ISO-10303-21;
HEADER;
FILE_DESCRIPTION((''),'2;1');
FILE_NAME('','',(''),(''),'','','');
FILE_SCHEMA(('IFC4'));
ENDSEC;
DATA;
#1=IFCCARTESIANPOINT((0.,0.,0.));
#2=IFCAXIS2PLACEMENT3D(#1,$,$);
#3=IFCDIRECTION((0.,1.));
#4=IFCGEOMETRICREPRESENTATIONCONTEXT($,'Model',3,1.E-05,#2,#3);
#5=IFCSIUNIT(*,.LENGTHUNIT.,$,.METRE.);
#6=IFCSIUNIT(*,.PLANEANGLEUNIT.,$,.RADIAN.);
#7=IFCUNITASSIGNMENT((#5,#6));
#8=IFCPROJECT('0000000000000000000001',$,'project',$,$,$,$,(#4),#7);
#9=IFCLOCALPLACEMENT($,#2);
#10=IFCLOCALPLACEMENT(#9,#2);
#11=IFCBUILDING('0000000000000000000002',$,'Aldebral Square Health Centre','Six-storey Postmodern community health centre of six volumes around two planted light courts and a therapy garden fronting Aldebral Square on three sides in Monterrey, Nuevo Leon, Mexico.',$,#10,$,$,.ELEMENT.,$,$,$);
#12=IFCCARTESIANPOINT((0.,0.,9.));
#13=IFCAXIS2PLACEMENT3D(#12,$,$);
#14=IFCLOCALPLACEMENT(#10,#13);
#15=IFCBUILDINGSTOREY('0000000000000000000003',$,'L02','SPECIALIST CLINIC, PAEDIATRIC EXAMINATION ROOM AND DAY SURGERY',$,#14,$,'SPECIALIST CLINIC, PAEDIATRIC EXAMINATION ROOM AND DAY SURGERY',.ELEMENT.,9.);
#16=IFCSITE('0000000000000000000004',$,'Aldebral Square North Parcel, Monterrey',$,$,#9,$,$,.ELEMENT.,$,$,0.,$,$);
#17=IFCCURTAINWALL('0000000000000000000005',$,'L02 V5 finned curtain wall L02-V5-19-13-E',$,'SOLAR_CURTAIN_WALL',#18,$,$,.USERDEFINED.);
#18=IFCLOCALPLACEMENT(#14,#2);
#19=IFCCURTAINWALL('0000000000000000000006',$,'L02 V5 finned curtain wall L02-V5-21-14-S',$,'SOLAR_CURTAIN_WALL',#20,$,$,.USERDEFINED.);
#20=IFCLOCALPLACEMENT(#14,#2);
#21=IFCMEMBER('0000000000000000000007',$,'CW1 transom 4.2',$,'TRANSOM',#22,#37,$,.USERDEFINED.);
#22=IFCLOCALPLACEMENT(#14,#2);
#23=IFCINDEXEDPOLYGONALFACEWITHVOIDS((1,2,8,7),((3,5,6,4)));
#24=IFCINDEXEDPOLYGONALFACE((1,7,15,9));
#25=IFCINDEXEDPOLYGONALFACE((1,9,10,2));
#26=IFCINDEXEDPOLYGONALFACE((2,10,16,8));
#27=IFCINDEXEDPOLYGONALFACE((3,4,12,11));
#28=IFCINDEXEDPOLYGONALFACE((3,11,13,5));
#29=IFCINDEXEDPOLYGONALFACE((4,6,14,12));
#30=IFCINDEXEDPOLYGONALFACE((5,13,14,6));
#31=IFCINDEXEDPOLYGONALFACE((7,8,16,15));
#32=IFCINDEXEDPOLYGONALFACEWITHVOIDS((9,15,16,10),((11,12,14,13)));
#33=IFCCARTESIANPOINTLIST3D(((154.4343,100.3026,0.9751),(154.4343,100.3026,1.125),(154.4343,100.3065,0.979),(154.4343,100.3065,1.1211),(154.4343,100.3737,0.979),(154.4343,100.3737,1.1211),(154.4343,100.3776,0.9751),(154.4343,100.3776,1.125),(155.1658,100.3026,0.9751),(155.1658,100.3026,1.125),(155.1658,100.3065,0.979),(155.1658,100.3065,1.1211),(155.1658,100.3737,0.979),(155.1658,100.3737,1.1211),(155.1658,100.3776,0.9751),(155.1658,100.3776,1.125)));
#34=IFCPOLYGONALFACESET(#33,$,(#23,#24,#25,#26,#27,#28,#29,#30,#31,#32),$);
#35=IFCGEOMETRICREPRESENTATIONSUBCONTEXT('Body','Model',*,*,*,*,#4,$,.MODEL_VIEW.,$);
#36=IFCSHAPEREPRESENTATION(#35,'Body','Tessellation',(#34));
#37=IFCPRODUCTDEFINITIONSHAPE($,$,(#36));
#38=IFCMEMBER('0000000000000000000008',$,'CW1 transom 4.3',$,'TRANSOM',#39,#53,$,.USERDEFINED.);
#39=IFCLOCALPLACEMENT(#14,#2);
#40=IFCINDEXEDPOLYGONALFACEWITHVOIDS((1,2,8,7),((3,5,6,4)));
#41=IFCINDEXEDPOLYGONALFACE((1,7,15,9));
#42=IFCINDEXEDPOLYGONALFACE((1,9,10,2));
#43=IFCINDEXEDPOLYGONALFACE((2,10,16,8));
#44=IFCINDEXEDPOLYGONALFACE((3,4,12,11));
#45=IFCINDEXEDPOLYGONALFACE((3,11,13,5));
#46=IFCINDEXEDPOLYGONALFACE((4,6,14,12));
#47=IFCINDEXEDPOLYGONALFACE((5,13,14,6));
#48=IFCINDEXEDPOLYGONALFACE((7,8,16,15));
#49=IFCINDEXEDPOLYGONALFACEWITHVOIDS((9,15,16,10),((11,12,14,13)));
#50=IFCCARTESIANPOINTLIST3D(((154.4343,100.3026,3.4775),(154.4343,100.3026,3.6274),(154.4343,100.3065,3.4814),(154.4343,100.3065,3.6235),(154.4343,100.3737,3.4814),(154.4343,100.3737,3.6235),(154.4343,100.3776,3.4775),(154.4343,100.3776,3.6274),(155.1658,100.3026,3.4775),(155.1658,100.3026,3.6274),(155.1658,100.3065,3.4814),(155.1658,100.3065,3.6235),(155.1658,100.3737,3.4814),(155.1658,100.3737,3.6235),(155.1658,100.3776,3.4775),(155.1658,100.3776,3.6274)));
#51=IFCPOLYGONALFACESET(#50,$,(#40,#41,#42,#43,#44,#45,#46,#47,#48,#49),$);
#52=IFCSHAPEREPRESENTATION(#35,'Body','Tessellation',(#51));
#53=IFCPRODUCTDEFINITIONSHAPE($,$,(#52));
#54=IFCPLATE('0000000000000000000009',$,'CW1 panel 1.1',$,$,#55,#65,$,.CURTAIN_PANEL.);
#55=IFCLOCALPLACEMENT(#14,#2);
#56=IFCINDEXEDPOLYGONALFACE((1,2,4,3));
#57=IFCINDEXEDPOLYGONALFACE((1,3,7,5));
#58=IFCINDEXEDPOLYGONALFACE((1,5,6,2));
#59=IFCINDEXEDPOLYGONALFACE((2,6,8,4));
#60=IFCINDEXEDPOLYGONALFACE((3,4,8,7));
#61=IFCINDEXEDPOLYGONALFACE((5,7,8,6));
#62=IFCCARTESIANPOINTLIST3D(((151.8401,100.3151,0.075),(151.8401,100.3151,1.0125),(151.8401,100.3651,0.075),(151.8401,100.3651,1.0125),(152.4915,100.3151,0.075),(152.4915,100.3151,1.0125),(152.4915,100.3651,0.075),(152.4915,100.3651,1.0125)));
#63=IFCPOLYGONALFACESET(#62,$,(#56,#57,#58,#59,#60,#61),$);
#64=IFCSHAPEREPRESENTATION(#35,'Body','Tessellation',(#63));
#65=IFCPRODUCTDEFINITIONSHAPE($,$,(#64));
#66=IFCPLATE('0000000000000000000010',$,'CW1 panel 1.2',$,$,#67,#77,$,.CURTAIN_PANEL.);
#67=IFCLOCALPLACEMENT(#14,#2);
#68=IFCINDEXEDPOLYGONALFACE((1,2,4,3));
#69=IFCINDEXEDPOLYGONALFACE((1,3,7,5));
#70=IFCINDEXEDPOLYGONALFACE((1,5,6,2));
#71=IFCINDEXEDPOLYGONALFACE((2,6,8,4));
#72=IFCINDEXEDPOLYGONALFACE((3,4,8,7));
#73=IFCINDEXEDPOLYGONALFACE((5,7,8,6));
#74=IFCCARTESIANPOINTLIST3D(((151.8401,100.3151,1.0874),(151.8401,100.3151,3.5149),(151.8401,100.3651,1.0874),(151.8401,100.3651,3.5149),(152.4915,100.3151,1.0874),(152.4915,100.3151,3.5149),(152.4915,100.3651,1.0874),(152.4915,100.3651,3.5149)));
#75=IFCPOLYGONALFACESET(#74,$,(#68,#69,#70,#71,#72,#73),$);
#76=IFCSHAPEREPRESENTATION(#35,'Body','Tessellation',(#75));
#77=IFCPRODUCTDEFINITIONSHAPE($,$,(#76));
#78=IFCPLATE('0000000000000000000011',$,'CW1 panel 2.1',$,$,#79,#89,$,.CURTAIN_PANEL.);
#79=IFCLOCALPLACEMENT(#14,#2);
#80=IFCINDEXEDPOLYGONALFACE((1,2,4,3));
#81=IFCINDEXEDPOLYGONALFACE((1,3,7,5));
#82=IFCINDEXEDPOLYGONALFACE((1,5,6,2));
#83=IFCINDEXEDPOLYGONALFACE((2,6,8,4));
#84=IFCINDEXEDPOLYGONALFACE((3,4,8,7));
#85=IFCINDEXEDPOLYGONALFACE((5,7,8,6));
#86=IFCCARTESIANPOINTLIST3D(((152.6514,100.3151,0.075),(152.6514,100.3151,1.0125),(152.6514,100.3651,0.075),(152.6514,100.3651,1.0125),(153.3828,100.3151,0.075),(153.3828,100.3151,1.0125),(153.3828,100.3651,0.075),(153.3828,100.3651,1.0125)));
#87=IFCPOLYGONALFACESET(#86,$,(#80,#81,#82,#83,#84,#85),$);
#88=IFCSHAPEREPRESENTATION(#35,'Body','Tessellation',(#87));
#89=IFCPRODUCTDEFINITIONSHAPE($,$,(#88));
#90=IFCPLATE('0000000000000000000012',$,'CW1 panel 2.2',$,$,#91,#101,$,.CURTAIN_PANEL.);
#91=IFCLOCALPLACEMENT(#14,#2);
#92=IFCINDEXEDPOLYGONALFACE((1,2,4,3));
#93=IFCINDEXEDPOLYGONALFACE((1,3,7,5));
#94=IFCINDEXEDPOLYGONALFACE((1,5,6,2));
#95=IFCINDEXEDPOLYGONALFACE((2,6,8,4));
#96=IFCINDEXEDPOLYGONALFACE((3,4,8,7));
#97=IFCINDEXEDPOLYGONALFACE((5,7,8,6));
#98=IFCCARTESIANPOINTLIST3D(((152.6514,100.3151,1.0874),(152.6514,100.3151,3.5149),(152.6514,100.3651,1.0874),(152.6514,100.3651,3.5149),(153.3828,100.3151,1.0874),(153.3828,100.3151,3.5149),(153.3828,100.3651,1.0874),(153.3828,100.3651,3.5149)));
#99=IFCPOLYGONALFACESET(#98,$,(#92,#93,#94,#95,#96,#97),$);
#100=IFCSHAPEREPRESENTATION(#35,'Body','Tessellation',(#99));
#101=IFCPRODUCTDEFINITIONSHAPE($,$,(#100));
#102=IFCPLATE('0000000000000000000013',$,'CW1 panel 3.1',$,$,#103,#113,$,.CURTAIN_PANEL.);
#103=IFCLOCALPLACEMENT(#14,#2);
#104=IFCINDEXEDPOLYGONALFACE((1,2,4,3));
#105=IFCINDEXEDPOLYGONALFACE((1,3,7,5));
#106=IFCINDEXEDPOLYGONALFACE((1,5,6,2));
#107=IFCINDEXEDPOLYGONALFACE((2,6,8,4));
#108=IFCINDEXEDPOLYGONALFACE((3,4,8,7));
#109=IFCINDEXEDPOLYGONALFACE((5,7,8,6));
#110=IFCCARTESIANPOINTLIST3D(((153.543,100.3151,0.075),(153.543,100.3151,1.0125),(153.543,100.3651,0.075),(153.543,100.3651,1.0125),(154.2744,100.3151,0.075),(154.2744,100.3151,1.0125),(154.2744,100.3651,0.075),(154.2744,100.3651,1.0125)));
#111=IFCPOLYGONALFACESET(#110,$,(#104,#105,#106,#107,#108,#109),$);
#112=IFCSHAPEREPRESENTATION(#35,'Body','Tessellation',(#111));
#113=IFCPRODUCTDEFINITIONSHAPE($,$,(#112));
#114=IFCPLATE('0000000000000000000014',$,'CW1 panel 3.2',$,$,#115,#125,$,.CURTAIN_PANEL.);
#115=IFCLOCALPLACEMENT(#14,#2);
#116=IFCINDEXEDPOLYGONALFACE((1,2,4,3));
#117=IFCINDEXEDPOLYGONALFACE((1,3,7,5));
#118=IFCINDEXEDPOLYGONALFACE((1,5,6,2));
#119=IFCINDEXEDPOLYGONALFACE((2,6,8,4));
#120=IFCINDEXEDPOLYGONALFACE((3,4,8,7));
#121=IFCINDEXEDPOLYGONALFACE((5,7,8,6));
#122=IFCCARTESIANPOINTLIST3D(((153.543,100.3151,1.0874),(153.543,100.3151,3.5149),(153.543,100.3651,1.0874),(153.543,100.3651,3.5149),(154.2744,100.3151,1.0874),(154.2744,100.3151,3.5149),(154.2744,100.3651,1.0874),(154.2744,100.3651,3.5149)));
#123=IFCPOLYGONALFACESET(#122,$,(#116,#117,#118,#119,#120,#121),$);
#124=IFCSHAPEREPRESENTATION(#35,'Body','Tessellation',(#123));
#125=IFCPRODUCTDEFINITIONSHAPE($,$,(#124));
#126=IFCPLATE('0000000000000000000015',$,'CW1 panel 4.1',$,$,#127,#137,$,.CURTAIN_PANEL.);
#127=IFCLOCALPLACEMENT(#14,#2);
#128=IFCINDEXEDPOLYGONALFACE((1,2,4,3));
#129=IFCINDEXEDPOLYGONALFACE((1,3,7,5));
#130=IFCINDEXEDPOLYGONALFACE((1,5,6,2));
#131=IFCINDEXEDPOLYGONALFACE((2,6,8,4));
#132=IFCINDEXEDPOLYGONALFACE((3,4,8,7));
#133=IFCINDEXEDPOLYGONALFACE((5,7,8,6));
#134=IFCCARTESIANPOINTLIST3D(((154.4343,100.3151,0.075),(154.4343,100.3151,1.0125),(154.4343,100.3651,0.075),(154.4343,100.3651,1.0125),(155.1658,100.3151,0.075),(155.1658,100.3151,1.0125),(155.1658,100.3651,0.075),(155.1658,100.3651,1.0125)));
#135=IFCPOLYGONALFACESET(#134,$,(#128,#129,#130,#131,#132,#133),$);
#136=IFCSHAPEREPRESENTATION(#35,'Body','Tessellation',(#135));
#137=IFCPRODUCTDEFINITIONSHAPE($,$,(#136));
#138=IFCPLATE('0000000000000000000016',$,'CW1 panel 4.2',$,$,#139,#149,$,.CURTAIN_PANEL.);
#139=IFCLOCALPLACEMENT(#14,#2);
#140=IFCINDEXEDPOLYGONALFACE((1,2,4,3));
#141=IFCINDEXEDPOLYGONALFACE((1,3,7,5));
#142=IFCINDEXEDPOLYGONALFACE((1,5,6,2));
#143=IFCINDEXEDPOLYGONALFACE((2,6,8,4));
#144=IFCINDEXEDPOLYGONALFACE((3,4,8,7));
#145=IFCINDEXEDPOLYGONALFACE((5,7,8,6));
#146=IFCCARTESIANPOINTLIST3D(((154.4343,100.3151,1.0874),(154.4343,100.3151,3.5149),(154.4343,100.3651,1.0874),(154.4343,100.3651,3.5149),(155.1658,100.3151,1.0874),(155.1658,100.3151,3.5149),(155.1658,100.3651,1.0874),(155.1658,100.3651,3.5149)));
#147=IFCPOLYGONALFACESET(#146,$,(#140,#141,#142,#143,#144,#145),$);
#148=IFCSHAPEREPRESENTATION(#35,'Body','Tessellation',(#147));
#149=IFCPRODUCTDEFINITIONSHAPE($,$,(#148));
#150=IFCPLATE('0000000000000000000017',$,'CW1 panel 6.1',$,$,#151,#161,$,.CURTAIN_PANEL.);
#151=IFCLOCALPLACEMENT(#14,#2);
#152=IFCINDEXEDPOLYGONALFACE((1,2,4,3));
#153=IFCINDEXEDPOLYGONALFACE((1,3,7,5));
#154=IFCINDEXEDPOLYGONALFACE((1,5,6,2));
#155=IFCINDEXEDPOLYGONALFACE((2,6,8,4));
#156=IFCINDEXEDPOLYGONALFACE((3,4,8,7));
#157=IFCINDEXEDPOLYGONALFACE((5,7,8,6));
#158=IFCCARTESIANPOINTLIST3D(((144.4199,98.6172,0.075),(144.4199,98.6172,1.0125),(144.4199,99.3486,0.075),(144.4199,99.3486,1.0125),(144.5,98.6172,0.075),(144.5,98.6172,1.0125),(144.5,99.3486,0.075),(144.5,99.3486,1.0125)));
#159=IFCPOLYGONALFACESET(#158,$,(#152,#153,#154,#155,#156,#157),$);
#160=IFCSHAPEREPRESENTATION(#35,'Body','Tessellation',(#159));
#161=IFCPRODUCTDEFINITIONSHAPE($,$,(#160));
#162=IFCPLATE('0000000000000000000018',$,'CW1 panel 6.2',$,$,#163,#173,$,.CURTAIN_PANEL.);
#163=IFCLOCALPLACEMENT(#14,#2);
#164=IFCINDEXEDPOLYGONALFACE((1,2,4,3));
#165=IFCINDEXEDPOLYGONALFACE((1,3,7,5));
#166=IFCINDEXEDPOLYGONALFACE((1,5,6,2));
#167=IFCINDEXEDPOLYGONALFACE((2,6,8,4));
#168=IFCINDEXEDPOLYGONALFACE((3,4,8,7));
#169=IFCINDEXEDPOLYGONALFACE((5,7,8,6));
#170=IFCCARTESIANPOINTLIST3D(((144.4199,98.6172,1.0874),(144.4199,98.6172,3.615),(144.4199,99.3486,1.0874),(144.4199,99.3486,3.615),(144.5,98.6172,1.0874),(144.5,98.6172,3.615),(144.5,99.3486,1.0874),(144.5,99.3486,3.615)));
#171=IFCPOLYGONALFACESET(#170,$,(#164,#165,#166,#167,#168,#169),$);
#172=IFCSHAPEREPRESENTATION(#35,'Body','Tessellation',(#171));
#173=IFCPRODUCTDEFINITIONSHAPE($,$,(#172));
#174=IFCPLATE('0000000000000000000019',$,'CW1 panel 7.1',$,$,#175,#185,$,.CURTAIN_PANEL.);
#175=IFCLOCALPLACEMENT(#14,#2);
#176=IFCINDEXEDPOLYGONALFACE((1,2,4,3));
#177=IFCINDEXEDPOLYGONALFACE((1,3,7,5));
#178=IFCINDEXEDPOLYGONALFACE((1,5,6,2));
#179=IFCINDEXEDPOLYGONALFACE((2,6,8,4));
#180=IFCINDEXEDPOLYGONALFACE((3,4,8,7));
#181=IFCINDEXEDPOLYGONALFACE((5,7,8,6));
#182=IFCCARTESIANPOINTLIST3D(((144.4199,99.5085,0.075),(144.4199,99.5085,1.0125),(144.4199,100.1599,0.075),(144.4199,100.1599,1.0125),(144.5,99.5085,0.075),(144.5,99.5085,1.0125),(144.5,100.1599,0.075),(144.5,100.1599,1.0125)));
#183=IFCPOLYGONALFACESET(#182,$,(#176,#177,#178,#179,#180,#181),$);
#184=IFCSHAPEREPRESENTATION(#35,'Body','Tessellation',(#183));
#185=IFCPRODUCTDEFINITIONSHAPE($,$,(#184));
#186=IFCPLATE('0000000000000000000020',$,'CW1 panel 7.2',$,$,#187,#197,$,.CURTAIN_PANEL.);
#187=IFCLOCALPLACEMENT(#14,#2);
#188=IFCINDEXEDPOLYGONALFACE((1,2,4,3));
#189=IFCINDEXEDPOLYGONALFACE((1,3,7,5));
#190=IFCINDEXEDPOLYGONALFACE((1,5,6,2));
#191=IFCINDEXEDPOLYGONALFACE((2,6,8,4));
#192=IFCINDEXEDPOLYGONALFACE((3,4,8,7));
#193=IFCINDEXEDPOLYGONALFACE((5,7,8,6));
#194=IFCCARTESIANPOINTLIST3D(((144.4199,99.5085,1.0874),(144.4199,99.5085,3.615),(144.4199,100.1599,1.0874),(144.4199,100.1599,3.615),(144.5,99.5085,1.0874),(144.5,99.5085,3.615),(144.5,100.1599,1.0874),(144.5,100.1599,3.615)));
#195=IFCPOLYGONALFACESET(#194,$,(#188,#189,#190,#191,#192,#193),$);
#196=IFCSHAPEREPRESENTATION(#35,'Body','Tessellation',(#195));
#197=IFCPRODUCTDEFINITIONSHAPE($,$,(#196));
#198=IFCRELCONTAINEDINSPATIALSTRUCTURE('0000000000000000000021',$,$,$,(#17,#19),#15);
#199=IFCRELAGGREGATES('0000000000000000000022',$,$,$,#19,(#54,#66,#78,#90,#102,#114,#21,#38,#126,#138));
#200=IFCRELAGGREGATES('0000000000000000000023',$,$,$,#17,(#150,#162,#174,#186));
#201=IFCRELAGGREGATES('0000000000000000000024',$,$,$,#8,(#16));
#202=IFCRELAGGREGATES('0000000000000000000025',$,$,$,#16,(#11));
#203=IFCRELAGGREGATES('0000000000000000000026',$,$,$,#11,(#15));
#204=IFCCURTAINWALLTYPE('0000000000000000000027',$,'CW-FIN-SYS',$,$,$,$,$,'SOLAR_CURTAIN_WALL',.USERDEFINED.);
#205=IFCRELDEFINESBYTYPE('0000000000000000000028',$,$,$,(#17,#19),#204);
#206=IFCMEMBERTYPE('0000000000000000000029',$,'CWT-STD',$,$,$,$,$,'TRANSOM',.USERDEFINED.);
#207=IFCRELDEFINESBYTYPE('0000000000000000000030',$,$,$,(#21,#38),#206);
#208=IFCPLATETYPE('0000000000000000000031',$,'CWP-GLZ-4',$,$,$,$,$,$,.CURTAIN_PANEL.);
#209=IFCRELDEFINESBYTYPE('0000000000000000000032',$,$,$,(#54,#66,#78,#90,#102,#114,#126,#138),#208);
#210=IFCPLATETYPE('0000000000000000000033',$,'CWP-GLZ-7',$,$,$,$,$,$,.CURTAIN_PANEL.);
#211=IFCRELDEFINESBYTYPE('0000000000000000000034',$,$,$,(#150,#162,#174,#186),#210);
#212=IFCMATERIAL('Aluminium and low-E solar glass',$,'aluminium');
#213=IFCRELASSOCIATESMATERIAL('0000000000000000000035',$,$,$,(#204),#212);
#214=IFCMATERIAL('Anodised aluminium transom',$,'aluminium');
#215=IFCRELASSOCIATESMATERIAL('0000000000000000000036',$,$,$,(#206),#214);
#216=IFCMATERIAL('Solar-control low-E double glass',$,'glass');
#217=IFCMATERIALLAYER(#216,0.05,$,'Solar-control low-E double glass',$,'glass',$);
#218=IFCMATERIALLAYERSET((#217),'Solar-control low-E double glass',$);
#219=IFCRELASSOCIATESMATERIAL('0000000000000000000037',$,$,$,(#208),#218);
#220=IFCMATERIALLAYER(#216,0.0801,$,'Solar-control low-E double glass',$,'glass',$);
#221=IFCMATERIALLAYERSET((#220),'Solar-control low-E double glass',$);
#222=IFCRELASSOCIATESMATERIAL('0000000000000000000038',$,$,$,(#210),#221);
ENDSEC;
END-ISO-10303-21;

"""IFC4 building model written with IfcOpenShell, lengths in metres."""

from ifc_helpers import new_model, si_unit, direction, frame, origin, origin_2d, place, context, subcontext, project, spatial, rectangle, hollow_rectangle, extrude, material, layer, layer_set, material_profile, profile_set, type_object, element, aggregate, save


model = new_model("IFC4")

# Units and contexts
model_context = context("Model", 3, precision=1e-05, world=origin(), true_north=direction((0.0, 1.0)))
body_context = subcontext(model_context, "Body", "Model", "MODEL_VIEW")
ifc_project = project(units=[si_unit("LENGTHUNIT", "METRE"), si_unit("PLANEANGLEUNIT", "RADIAN")], contexts=[model_context])

# Site, building, storey
site_placement = place(None, origin())
site = spatial("IfcSite", under=ifc_project, at=site_placement, Name="Aldebral Square North Parcel, Monterrey", CompositionType="ELEMENT", RefElevation=0.0)
building_placement = place(site_placement, origin())
building = spatial("IfcBuilding", under=site, at=building_placement, Name="Aldebral Square Health Centre", Description="Six-storey Postmodern community health centre of six volumes around two planted light courts and a therapy garden fronting Aldebral Square on three sides in Monterrey, Nuevo Leon, Mexico.", CompositionType="ELEMENT")
storey_placement = place(building_placement, frame((0.0, 0.0, 9.0)))
storey = spatial("IfcBuildingStorey", under=building, at=storey_placement, Name="L02", Description="SPECIALIST CLINIC, PAEDIATRIC EXAMINATION ROOM AND DAY SURGERY", LongName="SPECIALIST CLINIC, PAEDIATRIC EXAMINATION ROOM AND DAY SURGERY", CompositionType="ELEMENT", Elevation=9.0)

# Curtain walls
ifc_material_1 = material(Name="Aluminium and low-E solar glass", Category="aluminium")
curtain_wall_type = type_object("IfcCurtainWallType", Name="CW-FIN-SYS", ElementType="SOLAR_CURTAIN_WALL", PredefinedType="USERDEFINED", material=ifc_material_1)
curtain_wall_1_placement = place(storey_placement, origin())
curtain_wall_1 = element("IfcCurtainWall", 1, at=curtain_wall_1_placement, inside=storey, type_object=curtain_wall_type, Name="L02 V5 finned curtain wall L02-V5-19-13-E", ObjectType="SOLAR_CURTAIN_WALL", PredefinedType="USERDEFINED")
curtain_wall_2_placement = place(storey_placement, origin())
curtain_wall_2 = element("IfcCurtainWall", 2, at=curtain_wall_2_placement, inside=storey, type_object=curtain_wall_type, Name="L02 V5 finned curtain wall L02-V5-21-14-S", ObjectType="SOLAR_CURTAIN_WALL", PredefinedType="USERDEFINED")

# Members
ifc_material_2 = material(Name="Anodised aluminium transom", Category="aluminium")
ifc_material_profile_1 = material_profile(ifc_material_2, hollow_rectangle(XDim=0.075, YDim=0.1499, WallThickness=0.0039, at=origin_2d()), Name="CWT 75x150x4")
ifc_profile_set_1 = profile_set([ifc_material_profile_1], Name="Anodised aluminium transom")
member_type_1 = type_object("IfcMemberType", Name="CWT-STD", ElementType="TRANSOM", PredefinedType="USERDEFINED", material=ifc_profile_set_1)
member_1_placement = place(storey_placement, frame((154.4343, 100.3401, 1.05), z_axis=(1.0, 0.0, 0.0), x_axis=(0.0, 1.0, 0.0)))
member_1 = element("IfcMember", 3, at=member_1_placement, type_object=member_type_1, Name="CW1 transom 4.2", ObjectType="TRANSOM", PredefinedType="USERDEFINED", context=body_context, shape_type="SweptSolid", body=[
    extrude(hollow_rectangle(XDim=0.075, YDim=0.1499, WallThickness=0.0039, at=origin_2d()), origin(), (0.0, 0.0, 1.0), 0.7314),
])
member_2_placement = place(storey_placement, frame((154.4343, 100.3401, 3.5525), z_axis=(1.0, 0.0, 0.0), x_axis=(0.0, 1.0, 0.0)))
member_2 = element("IfcMember", 4, at=member_2_placement, type_object=member_type_1, Name="CW1 transom 4.3", ObjectType="TRANSOM", PredefinedType="USERDEFINED", context=body_context, shape_type="SweptSolid", body=[
    extrude(hollow_rectangle(XDim=0.075, YDim=0.1499, WallThickness=0.0039, at=origin_2d()), origin(), (0.0, 0.0, 1.0), 0.7314),
])

# Plates
ifc_material_3 = material(Name="Solar-control low-E double glass", Category="glass")
ifc_layer_1 = layer(ifc_material_3, 0.05, Name="Solar-control low-E double glass", Category="glass")
ifc_layer_set_1 = layer_set([ifc_layer_1], Name="Solar-control low-E double glass")
plate_type_1 = type_object("IfcPlateType", Name="CWP-GLZ-4", PredefinedType="CURTAIN_PANEL", material=ifc_layer_set_1)
plate_1_placement = place(storey_placement, frame((152.1658, 100.3401, 0.075), z_axis=(0.0, 0.0, 1.0), x_axis=(1.0, 0.0, 0.0)))
plate_1 = element("IfcPlate", 5, at=plate_1_placement, type_object=plate_type_1, Name="CW1 panel 1.1", PredefinedType="CURTAIN_PANEL", context=body_context, shape_type="SweptSolid", body=[
    extrude(rectangle(XDim=0.6514, YDim=0.05, at=origin_2d()), origin(), (0.0, 0.0, 1.0), 0.9375),
])
plate_2_placement = place(storey_placement, frame((152.1658, 100.3401, 1.0874), z_axis=(0.0, 0.0, 1.0), x_axis=(1.0, 0.0, 0.0)))
plate_2 = element("IfcPlate", 6, at=plate_2_placement, type_object=plate_type_1, Name="CW1 panel 1.2", PredefinedType="CURTAIN_PANEL", context=body_context, shape_type="SweptSolid", body=[
    extrude(rectangle(XDim=0.6514, YDim=0.05, at=origin_2d()), origin(), (0.0, 0.0, 1.0), 2.4275),
])
plate_3_placement = place(storey_placement, frame((153.0171, 100.3401, 0.075), z_axis=(0.0, 0.0, 1.0), x_axis=(1.0, 0.0, 0.0)))
plate_3 = element("IfcPlate", 7, at=plate_3_placement, type_object=plate_type_1, Name="CW1 panel 2.1", PredefinedType="CURTAIN_PANEL", context=body_context, shape_type="SweptSolid", body=[
    extrude(rectangle(XDim=0.7314, YDim=0.05, at=origin_2d()), origin(), (0.0, 0.0, 1.0), 0.9375),
])
plate_4_placement = place(storey_placement, frame((153.0171, 100.3401, 1.0874), z_axis=(0.0, 0.0, 1.0), x_axis=(1.0, 0.0, 0.0)))
plate_4 = element("IfcPlate", 8, at=plate_4_placement, type_object=plate_type_1, Name="CW1 panel 2.2", PredefinedType="CURTAIN_PANEL", context=body_context, shape_type="SweptSolid", body=[
    extrude(rectangle(XDim=0.7314, YDim=0.05, at=origin_2d()), origin(), (0.0, 0.0, 1.0), 2.4275),
])
plate_5_placement = place(storey_placement, frame((153.9087, 100.3401, 0.075), z_axis=(0.0, 0.0, 1.0), x_axis=(1.0, 0.0, 0.0)))
plate_5 = element("IfcPlate", 9, at=plate_5_placement, type_object=plate_type_1, Name="CW1 panel 3.1", PredefinedType="CURTAIN_PANEL", context=body_context, shape_type="SweptSolid", body=[
    extrude(rectangle(XDim=0.7314, YDim=0.05, at=origin_2d()), origin(), (0.0, 0.0, 1.0), 0.9375),
])
plate_6_placement = place(storey_placement, frame((153.9087, 100.3401, 1.0874), z_axis=(0.0, 0.0, 1.0), x_axis=(1.0, 0.0, 0.0)))
plate_6 = element("IfcPlate", 10, at=plate_6_placement, type_object=plate_type_1, Name="CW1 panel 3.2", PredefinedType="CURTAIN_PANEL", context=body_context, shape_type="SweptSolid", body=[
    extrude(rectangle(XDim=0.7314, YDim=0.05, at=origin_2d()), origin(), (0.0, 0.0, 1.0), 2.4275),
])
plate_7_placement = place(storey_placement, frame((154.8, 100.3401, 0.075), z_axis=(0.0, 0.0, 1.0), x_axis=(1.0, 0.0, 0.0)))
plate_7 = element("IfcPlate", 11, at=plate_7_placement, type_object=plate_type_1, Name="CW1 panel 4.1", PredefinedType="CURTAIN_PANEL", context=body_context, shape_type="SweptSolid", body=[
    extrude(rectangle(XDim=0.7314, YDim=0.05, at=origin_2d()), origin(), (0.0, 0.0, 1.0), 0.9375),
])
plate_8_placement = place(storey_placement, frame((154.8, 100.3401, 1.0874), z_axis=(0.0, 0.0, 1.0), x_axis=(1.0, 0.0, 0.0)))
plate_8 = element("IfcPlate", 12, at=plate_8_placement, type_object=plate_type_1, Name="CW1 panel 4.2", PredefinedType="CURTAIN_PANEL", context=body_context, shape_type="SweptSolid", body=[
    extrude(rectangle(XDim=0.7314, YDim=0.05, at=origin_2d()), origin(), (0.0, 0.0, 1.0), 2.4275),
])
aggregate(curtain_wall_2, [plate_1, plate_2, plate_3, plate_4, plate_5, plate_6, member_1, member_2, plate_7, plate_8])
ifc_layer_2 = layer(ifc_material_3, 0.0801, Name="Solar-control low-E double glass", Category="glass")
ifc_layer_set_2 = layer_set([ifc_layer_2], Name="Solar-control low-E double glass")
plate_type_2 = type_object("IfcPlateType", Name="CWP-GLZ-7", PredefinedType="CURTAIN_PANEL", material=ifc_layer_set_2)
plate_9_placement = place(storey_placement, frame((144.46, 98.9829, 0.075), z_axis=(0.0, 0.0, 1.0), x_axis=(0.0, 1.0, 0.0)))
plate_9 = element("IfcPlate", 13, at=plate_9_placement, type_object=plate_type_2, Name="CW1 panel 6.1", PredefinedType="CURTAIN_PANEL", context=body_context, shape_type="SweptSolid", body=[
    extrude(rectangle(XDim=0.7314, YDim=0.0801, at=origin_2d()), origin(), (0.0, 0.0, 1.0), 0.9375),
])
plate_10_placement = place(storey_placement, frame((144.46, 98.9829, 1.0874), z_axis=(0.0, 0.0, 1.0), x_axis=(0.0, 1.0, 0.0)))
plate_10 = element("IfcPlate", 14, at=plate_10_placement, type_object=plate_type_2, Name="CW1 panel 6.2", PredefinedType="CURTAIN_PANEL", context=body_context, shape_type="SweptSolid", body=[
    extrude(rectangle(XDim=0.7314, YDim=0.0801, at=origin_2d()), origin(), (0.0, 0.0, 1.0), 2.5276),
])
plate_11_placement = place(storey_placement, frame((144.46, 99.8342, 0.075), z_axis=(0.0, 0.0, 1.0), x_axis=(0.0, 1.0, 0.0)))
plate_11 = element("IfcPlate", 15, at=plate_11_placement, type_object=plate_type_2, Name="CW1 panel 7.1", PredefinedType="CURTAIN_PANEL", context=body_context, shape_type="SweptSolid", body=[
    extrude(rectangle(XDim=0.6514, YDim=0.0801, at=origin_2d()), origin(), (0.0, 0.0, 1.0), 0.9375),
])
plate_12_placement = place(storey_placement, frame((144.46, 99.8342, 1.0874), z_axis=(0.0, 0.0, 1.0), x_axis=(0.0, 1.0, 0.0)))
plate_12 = element("IfcPlate", 16, at=plate_12_placement, type_object=plate_type_2, Name="CW1 panel 7.2", PredefinedType="CURTAIN_PANEL", context=body_context, shape_type="SweptSolid", body=[
    extrude(rectangle(XDim=0.6514, YDim=0.0801, at=origin_2d()), origin(), (0.0, 0.0, 1.0), 2.5276),
])
aggregate(curtain_wall_1, [plate_9, plate_10, plate_11, plate_12])

save(model, "model.ifc")
